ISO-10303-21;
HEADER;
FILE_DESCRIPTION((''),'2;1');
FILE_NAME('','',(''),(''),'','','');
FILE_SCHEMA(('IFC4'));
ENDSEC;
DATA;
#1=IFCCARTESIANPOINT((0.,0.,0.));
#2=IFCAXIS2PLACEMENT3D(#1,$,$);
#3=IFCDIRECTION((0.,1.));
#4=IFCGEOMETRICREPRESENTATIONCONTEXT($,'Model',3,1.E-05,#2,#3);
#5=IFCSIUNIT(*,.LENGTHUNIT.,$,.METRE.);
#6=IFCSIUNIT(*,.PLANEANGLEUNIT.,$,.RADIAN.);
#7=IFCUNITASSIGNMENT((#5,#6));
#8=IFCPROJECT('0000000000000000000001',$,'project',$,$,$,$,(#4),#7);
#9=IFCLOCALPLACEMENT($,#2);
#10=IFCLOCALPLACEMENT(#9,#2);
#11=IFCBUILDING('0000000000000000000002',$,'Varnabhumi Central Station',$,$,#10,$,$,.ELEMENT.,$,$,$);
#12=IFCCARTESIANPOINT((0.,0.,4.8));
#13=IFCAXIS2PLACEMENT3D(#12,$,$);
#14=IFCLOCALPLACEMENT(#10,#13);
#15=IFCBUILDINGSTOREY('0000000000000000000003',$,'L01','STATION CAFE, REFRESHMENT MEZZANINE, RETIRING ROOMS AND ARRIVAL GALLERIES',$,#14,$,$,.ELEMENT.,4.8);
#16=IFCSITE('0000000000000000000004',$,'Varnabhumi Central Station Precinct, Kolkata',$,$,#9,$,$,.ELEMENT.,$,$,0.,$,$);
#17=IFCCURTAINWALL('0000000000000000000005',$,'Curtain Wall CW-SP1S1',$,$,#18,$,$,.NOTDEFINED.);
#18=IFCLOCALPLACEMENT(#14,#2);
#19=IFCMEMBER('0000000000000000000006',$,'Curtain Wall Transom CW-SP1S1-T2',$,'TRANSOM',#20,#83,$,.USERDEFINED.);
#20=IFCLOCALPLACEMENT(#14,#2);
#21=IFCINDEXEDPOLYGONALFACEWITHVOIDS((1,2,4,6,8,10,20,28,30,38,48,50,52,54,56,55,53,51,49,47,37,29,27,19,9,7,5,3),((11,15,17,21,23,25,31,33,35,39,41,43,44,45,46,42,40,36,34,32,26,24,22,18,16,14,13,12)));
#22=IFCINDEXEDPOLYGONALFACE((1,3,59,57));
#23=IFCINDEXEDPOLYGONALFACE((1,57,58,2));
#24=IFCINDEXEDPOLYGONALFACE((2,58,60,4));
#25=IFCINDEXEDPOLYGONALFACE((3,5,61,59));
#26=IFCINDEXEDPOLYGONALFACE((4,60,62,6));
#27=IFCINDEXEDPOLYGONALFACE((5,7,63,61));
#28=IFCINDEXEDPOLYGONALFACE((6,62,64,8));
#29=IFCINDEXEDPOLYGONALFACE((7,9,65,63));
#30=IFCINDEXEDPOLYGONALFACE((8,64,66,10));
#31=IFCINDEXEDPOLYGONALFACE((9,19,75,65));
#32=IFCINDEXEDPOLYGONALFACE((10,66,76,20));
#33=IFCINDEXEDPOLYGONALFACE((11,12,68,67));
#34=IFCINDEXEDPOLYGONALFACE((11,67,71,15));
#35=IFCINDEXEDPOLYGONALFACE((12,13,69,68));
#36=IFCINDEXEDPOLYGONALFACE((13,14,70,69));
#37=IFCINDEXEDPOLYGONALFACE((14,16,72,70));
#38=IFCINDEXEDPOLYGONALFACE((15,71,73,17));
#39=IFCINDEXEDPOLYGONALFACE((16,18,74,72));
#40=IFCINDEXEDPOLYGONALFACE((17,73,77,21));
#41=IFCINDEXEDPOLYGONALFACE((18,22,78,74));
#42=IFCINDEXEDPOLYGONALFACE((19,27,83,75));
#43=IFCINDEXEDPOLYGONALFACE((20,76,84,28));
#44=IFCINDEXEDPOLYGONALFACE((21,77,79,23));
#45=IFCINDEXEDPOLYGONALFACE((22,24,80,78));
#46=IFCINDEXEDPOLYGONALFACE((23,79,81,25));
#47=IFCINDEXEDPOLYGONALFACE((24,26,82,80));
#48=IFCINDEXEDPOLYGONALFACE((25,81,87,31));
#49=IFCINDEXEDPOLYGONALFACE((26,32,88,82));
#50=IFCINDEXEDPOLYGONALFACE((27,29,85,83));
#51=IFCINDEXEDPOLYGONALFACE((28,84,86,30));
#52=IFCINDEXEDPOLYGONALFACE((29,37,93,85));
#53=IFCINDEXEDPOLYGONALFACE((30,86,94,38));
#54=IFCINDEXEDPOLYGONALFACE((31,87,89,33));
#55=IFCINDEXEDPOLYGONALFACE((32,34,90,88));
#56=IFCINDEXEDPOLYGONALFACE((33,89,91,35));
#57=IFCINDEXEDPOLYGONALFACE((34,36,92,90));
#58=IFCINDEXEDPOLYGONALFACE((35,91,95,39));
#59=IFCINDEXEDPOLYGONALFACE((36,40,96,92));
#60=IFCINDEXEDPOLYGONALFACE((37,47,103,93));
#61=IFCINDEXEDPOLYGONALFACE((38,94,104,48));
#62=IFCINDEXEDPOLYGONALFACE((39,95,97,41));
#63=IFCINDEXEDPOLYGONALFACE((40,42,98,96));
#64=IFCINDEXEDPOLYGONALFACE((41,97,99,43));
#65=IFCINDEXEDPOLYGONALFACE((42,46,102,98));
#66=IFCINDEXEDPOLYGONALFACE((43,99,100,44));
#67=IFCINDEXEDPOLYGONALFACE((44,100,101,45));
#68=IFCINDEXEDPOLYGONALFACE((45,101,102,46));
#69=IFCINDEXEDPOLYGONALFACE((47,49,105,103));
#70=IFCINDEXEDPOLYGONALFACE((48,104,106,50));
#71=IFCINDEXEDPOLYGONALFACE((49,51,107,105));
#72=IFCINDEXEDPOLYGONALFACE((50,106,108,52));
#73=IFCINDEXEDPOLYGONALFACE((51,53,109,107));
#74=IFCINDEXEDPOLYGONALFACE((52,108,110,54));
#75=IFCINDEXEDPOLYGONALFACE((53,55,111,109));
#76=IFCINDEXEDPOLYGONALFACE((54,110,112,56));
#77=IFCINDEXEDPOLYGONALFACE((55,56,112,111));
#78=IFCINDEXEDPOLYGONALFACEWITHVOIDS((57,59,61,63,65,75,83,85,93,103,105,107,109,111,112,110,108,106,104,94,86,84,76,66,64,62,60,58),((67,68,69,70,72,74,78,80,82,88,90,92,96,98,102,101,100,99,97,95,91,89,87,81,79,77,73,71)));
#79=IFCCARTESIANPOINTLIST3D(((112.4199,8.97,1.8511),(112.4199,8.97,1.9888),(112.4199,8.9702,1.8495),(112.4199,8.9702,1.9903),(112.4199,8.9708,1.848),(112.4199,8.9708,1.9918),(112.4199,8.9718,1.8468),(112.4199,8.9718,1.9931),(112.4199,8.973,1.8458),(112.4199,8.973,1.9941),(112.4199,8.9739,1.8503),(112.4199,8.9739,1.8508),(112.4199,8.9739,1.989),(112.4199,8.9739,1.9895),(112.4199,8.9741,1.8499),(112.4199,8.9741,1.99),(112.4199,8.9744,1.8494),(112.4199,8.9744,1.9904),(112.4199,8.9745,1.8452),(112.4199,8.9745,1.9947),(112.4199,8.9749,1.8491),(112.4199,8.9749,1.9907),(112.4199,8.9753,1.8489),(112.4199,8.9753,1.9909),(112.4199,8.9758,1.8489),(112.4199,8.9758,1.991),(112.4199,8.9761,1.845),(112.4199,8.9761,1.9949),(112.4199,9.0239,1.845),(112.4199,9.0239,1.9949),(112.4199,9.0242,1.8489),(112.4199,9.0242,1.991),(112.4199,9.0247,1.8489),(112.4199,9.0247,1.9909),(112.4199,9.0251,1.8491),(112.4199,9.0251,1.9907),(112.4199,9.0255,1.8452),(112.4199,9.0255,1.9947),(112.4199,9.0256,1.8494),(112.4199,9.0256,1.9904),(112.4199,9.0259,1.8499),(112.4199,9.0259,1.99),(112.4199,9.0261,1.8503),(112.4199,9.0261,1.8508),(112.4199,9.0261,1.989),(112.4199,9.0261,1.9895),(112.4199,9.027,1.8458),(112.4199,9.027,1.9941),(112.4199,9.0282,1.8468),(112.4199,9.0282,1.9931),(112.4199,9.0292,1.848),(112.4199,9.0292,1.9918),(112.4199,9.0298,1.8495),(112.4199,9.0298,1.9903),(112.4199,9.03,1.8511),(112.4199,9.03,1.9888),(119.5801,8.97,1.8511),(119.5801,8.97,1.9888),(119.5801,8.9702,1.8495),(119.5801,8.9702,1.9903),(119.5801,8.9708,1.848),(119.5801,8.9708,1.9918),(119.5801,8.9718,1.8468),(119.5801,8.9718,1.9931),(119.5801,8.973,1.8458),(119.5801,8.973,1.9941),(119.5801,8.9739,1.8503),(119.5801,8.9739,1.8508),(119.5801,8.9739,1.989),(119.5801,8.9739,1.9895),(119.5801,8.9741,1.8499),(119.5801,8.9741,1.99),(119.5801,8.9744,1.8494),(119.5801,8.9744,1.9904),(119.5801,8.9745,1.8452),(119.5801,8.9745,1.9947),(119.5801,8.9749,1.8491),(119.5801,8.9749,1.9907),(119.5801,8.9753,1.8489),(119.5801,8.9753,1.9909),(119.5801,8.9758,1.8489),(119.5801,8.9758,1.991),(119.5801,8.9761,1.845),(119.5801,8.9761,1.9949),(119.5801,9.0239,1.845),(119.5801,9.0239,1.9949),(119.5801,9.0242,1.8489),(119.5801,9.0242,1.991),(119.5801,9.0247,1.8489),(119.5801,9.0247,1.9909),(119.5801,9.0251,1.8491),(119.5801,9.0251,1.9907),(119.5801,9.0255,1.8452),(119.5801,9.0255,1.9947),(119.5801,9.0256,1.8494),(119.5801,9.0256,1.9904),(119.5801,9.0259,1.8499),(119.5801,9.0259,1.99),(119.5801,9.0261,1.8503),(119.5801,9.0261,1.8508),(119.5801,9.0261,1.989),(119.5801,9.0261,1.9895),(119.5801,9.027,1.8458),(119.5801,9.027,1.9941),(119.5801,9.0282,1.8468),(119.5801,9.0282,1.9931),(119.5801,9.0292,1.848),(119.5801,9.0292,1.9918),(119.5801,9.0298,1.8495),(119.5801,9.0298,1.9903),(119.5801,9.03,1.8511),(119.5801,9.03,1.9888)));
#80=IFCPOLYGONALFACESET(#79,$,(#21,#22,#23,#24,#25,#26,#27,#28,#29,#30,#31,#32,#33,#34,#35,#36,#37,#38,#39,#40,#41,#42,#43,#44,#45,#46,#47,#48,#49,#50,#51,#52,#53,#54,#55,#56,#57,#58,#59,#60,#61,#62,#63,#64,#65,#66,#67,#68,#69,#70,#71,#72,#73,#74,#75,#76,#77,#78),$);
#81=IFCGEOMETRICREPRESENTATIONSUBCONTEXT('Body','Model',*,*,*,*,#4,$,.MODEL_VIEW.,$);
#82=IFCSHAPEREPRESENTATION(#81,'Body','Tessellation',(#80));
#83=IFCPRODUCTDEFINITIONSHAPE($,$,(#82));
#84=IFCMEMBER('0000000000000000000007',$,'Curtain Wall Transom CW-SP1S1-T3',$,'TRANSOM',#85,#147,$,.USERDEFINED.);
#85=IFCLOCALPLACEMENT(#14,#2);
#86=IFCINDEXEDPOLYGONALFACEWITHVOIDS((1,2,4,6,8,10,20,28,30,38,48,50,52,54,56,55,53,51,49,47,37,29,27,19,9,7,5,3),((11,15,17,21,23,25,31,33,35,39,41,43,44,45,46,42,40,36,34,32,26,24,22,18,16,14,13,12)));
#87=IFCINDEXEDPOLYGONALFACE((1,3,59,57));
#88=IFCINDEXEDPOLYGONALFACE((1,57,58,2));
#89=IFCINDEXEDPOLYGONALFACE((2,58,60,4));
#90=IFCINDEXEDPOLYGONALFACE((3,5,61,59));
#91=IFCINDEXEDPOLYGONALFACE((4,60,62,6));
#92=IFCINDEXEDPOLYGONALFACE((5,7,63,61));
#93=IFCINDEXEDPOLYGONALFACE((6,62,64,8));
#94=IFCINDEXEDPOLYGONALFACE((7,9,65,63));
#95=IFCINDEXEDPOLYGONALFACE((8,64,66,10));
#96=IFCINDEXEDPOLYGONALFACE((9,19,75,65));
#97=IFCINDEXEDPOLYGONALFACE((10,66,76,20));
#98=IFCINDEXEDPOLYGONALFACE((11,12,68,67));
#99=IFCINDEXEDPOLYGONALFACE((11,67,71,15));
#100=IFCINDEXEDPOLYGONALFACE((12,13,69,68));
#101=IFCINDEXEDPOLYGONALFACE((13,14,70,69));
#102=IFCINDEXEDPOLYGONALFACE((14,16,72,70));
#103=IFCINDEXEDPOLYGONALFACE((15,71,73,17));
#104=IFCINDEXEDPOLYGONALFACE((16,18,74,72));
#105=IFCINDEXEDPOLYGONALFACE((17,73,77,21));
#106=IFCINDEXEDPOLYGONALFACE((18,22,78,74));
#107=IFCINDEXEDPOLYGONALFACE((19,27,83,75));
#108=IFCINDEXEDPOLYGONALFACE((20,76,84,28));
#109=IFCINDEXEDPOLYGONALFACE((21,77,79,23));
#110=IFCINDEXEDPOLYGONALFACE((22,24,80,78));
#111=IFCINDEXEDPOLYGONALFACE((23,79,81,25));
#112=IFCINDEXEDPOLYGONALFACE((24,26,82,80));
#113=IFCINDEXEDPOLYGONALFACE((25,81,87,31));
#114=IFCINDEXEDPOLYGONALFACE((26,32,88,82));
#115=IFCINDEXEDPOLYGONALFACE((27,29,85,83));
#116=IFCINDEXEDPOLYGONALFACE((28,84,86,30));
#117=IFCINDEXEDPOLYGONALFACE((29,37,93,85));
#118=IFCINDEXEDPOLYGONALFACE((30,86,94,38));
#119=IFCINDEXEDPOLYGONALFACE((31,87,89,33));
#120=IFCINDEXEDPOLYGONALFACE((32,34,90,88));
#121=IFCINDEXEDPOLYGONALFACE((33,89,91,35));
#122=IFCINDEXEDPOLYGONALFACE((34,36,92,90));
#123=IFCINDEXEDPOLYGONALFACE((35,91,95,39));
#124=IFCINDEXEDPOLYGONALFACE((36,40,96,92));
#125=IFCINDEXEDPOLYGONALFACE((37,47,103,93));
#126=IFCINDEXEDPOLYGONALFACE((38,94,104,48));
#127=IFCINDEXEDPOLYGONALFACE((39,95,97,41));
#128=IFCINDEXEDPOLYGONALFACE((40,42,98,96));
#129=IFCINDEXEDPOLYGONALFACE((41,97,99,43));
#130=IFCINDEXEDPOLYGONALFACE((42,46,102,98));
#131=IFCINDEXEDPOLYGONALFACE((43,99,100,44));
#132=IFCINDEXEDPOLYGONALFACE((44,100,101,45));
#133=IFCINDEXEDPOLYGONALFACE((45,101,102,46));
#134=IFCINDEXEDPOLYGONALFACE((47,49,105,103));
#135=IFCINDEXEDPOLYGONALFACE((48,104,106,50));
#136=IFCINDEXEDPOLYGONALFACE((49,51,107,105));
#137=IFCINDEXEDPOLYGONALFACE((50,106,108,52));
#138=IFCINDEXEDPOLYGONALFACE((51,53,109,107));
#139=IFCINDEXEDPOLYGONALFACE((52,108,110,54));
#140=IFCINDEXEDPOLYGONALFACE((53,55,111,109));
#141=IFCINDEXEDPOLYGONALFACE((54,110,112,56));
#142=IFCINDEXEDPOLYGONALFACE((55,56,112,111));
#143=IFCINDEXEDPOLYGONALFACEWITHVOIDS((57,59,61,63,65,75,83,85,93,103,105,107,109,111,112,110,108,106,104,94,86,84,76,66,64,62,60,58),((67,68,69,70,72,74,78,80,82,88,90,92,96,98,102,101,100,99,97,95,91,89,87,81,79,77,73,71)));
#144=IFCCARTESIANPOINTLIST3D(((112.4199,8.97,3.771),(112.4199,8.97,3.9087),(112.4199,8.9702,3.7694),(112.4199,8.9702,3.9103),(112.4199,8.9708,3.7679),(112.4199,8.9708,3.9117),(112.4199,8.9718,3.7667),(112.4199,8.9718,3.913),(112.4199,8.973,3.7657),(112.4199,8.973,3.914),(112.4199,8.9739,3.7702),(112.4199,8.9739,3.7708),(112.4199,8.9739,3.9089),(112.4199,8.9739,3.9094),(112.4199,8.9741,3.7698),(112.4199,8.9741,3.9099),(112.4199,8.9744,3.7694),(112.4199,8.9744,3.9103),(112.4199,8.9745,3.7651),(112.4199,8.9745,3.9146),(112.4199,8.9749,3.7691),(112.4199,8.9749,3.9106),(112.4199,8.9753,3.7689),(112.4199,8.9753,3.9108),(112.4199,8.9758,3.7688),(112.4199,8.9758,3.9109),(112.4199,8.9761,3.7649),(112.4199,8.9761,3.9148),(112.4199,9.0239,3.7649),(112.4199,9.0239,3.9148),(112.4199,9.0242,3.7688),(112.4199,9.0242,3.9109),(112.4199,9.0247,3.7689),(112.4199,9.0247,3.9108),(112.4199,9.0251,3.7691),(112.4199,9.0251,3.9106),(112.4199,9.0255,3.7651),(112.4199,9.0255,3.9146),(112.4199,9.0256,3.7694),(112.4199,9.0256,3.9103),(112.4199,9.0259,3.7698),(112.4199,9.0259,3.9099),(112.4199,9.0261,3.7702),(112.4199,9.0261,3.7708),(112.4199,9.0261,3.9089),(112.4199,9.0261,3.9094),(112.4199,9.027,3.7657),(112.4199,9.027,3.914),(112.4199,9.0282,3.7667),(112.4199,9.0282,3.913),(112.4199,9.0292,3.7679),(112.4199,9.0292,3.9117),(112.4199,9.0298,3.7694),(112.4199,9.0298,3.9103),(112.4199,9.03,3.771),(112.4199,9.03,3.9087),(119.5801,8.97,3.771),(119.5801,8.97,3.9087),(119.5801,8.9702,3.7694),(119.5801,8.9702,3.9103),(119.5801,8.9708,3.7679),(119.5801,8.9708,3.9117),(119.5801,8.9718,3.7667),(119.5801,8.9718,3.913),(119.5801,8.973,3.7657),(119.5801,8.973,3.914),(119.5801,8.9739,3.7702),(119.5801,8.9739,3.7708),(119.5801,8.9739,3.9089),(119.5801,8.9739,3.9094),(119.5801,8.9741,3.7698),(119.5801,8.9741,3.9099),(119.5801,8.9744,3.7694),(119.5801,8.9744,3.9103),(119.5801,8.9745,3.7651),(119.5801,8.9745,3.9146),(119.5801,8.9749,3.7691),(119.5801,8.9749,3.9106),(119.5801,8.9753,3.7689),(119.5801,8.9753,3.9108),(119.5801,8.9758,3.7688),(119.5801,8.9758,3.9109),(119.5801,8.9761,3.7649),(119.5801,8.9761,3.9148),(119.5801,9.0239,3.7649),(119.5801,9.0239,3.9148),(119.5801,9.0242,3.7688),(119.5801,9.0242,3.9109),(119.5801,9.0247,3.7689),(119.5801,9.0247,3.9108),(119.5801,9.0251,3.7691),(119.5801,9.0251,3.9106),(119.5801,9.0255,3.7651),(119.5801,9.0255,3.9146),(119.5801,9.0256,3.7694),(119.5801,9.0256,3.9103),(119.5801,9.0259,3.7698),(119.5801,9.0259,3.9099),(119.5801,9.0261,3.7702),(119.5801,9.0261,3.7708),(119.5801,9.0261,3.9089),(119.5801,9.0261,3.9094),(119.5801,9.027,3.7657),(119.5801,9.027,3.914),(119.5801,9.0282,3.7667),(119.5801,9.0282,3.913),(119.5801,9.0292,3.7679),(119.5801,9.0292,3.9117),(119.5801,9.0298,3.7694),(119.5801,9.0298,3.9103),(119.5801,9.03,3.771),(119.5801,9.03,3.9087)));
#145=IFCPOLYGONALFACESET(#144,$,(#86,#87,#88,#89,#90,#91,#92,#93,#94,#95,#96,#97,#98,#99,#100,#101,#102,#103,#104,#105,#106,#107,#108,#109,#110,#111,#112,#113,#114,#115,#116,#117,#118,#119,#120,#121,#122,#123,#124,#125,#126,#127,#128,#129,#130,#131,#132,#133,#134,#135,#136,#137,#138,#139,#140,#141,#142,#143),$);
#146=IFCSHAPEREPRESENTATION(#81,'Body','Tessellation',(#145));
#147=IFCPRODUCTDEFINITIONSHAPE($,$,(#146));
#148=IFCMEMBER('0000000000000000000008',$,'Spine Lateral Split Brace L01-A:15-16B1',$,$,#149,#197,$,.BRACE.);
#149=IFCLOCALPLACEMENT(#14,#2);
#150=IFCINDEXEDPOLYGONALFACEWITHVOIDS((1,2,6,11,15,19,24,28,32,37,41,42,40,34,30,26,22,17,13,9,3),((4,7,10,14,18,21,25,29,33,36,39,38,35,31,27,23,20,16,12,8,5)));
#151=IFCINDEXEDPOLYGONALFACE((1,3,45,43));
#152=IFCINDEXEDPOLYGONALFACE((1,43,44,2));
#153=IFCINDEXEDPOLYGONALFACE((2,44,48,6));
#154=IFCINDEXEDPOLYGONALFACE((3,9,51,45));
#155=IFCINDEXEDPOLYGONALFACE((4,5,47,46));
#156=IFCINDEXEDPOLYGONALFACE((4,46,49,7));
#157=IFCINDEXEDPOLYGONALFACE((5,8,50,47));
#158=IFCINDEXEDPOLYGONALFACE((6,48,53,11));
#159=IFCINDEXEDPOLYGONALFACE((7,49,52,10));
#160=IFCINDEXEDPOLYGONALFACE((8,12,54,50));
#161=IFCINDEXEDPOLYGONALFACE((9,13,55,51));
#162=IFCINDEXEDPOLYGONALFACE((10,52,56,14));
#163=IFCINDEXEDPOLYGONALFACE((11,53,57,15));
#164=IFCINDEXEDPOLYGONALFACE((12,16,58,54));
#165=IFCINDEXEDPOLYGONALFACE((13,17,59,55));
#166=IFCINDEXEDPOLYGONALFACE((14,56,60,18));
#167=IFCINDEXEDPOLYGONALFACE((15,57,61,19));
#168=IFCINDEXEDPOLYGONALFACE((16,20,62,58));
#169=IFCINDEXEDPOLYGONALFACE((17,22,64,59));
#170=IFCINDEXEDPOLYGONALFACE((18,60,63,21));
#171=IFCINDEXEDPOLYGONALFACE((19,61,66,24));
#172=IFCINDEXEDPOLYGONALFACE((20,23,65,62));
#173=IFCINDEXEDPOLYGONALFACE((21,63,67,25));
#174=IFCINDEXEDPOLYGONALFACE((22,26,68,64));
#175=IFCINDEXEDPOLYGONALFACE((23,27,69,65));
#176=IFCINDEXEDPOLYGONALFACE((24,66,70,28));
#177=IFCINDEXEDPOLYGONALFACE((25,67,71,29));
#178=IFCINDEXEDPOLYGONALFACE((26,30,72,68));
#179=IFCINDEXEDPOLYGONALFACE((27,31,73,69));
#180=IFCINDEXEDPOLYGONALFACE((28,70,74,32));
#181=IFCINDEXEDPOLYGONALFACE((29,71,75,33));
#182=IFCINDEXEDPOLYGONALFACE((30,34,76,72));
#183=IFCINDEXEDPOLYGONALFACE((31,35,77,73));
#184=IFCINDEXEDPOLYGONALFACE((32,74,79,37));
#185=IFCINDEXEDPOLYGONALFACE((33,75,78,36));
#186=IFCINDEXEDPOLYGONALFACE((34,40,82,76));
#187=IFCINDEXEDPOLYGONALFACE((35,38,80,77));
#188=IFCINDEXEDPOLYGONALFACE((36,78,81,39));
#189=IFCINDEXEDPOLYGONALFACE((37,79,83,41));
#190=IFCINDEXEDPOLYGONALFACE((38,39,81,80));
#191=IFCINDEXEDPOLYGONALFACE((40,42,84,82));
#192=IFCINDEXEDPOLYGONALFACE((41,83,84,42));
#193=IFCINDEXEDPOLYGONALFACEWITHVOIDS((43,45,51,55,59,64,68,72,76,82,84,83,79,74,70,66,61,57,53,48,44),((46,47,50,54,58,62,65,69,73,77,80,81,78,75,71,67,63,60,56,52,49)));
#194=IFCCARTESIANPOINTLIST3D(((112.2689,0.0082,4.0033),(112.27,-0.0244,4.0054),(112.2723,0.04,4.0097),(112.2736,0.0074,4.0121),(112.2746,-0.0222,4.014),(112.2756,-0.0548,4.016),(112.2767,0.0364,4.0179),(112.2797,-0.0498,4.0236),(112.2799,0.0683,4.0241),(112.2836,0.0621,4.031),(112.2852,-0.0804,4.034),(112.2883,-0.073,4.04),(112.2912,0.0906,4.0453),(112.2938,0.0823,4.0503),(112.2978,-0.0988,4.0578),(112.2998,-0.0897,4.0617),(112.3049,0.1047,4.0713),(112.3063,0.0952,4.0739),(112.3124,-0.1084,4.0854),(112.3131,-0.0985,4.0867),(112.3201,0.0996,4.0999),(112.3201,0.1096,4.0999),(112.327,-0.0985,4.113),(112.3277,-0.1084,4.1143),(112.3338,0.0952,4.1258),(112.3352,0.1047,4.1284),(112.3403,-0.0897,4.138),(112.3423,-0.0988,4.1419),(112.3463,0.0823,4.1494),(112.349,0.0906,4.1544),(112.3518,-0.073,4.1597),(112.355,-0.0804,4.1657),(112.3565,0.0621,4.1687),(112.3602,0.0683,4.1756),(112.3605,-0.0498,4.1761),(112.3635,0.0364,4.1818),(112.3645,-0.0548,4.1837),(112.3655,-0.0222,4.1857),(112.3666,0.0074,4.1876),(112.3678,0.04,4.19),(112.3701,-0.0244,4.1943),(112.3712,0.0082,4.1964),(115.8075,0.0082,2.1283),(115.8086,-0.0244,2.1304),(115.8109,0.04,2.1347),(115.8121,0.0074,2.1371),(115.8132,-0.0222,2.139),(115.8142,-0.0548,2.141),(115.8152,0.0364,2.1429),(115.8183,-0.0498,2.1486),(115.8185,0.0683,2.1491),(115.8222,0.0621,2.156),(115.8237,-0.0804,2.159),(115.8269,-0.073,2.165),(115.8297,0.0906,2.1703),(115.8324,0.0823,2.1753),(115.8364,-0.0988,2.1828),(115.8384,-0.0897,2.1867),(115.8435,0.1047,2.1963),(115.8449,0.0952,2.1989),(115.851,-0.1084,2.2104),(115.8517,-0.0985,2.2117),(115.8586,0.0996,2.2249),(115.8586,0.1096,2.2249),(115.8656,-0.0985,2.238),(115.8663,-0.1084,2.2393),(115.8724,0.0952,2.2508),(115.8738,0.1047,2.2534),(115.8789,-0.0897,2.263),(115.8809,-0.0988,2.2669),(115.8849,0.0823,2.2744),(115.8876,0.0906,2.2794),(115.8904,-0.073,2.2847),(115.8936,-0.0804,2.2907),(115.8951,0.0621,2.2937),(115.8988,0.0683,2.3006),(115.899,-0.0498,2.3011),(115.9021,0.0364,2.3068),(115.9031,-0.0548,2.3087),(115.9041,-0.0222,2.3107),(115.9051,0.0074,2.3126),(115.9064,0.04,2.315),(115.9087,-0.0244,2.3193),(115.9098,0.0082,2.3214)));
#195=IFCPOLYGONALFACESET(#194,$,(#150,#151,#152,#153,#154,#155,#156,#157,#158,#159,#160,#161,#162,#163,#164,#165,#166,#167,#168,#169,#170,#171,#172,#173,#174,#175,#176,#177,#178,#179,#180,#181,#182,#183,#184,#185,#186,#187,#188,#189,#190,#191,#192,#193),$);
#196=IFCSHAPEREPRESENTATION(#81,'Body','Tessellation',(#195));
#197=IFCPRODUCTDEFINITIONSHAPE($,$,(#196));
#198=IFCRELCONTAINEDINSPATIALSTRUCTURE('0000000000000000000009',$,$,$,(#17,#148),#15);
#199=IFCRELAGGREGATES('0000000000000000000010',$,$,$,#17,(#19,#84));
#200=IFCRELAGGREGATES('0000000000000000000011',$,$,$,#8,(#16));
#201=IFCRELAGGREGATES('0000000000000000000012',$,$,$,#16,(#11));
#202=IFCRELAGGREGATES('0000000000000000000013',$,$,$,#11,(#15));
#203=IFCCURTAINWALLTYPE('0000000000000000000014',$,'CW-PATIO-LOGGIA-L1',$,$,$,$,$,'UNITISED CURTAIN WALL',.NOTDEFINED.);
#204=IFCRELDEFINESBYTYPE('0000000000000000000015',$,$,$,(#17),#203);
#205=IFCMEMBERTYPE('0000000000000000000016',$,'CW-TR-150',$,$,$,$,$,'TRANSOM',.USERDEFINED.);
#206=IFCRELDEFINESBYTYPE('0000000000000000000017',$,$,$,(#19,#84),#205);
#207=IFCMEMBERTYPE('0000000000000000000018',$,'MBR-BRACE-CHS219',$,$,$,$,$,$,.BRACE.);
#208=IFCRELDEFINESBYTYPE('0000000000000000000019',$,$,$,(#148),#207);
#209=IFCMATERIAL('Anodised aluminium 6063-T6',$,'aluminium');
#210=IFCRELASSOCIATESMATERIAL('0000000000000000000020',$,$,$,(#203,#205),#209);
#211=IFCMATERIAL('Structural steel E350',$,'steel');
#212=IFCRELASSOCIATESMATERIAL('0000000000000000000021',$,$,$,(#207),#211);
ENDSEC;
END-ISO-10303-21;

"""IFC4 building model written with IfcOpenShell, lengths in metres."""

from ifc_helpers import new_model, si_unit, direction, frame, origin, origin_2d, place, context, subcontext, project, spatial, hollow_rectangle, hollow_circle, extrude, material, material_profile, profile_set, type_object, element, aggregate, save


model = new_model("IFC4")

# Units and contexts
model_context = context("Model", 3, precision=1e-05, world=origin(), true_north=direction((0.0, 1.0)))
body_context = subcontext(model_context, "Body", "Model", "MODEL_VIEW")
ifc_project = project(units=[si_unit("LENGTHUNIT", "METRE"), si_unit("PLANEANGLEUNIT", "RADIAN")], contexts=[model_context])

# Site, building, storey
site_placement = place(None, origin())
site = spatial("IfcSite", under=ifc_project, at=site_placement, Name="Varnabhumi Central Station Precinct, Kolkata", CompositionType="ELEMENT", RefElevation=0.0)
building_placement = place(site_placement, origin())
building = spatial("IfcBuilding", under=site, at=building_placement, Name="Varnabhumi Central Station", CompositionType="ELEMENT")
storey_placement = place(building_placement, frame((0.0, 0.0, 4.8)))
storey = spatial("IfcBuildingStorey", under=building, at=storey_placement, Name="L01", Description="STATION CAFE, REFRESHMENT MEZZANINE, RETIRING ROOMS AND ARRIVAL GALLERIES", CompositionType="ELEMENT", Elevation=4.8)

# Shared definitions
ifc_material_1 = material(Name="Structural steel E350", Category="steel")

# Curtain wall, members
ifc_material_2 = material(Name="Anodised aluminium 6063-T6", Category="aluminium")
curtain_wall_type = type_object("IfcCurtainWallType", Name="CW-PATIO-LOGGIA-L1", ElementType="UNITISED CURTAIN WALL", PredefinedType="NOTDEFINED", material=ifc_material_2)
curtain_wall_placement = place(storey_placement, origin())
curtain_wall = element("IfcCurtainWall", 1, at=curtain_wall_placement, inside=storey, type_object=curtain_wall_type, Name="Curtain Wall CW-SP1S1", PredefinedType="NOTDEFINED")
ifc_material_profile_1 = material_profile(ifc_material_2, hollow_rectangle(XDim=0.0601, YDim=0.1499, WallThickness=0.0039, InnerFilletRadius=0.002, OuterFilletRadius=0.0061, at=origin_2d()), Name="Anodised aluminium 6063-T6", Category="aluminium")
ifc_profile_set_1 = profile_set([ifc_material_profile_1], Name="Anodised aluminium 6063-T6")
member_type_1 = type_object("IfcMemberType", Name="CW-TR-150", ElementType="TRANSOM", PredefinedType="USERDEFINED", material=ifc_profile_set_1)
member_1_placement = place(storey_placement, frame((112.4199, 9.0, 1.9199), z_axis=(1.0, 0.0, 0.0), x_axis=(0.0, 1.0, 0.0)))
member_1 = element("IfcMember", 2, at=member_1_placement, type_object=member_type_1, Name="Curtain Wall Transom CW-SP1S1-T2", ObjectType="TRANSOM", PredefinedType="USERDEFINED", context=body_context, shape_type="SweptSolid", body=[
    extrude(hollow_rectangle(XDim=0.0601, YDim=0.1499, WallThickness=0.0039, InnerFilletRadius=0.002, OuterFilletRadius=0.0061, at=origin_2d()), origin(), (0.0, 0.0, 1.0), 7.1602),
])
member_2_placement = place(storey_placement, frame((112.4199, 9.0, 3.8398), z_axis=(1.0, 0.0, 0.0), x_axis=(0.0, 1.0, 0.0)))
member_2 = element("IfcMember", 3, at=member_2_placement, type_object=member_type_1, Name="Curtain Wall Transom CW-SP1S1-T3", ObjectType="TRANSOM", PredefinedType="USERDEFINED", context=body_context, shape_type="SweptSolid", body=[
    extrude(hollow_rectangle(XDim=0.0601, YDim=0.1499, WallThickness=0.0039, InnerFilletRadius=0.002, OuterFilletRadius=0.0061, at=origin_2d()), origin(), (0.0, 0.0, 1.0), 7.1602),
])

# Member
ifc_material_profile_2 = material_profile(ifc_material_1, hollow_circle(Radius=0.1096, WallThickness=0.01, at=origin_2d()), Name="Structural steel E350", Category="steel")
ifc_profile_set_2 = profile_set([ifc_material_profile_2], Name="Structural steel E350")
member_type_2 = type_object("IfcMemberType", Name="MBR-BRACE-CHS219", PredefinedType="BRACE", material=ifc_profile_set_2)
for number, where, z_axis, x_axis, name in (
    (4, (112.3201, 0.0, 4.0999), (0.883619, 0.0, -0.468207), (0.0, 1.0, 0.0), "Spine Lateral Split Brace L01-A:15-16B1"),
):
    element("IfcMember", number, at=place(storey_placement, frame(where, z_axis=z_axis, x_axis=x_axis)), inside=storey, type_object=member_type_2, Name=name, PredefinedType="BRACE", context=body_context, shape_type="SweptSolid", body=[
        extrude(hollow_circle(Radius=0.1096, WallThickness=0.01, at=origin_2d()), origin(), (0.0, 0.0, 1.0), 4.0046),
    ])

aggregate(curtain_wall, [member_1, member_2])

save(model, "model.ifc")
